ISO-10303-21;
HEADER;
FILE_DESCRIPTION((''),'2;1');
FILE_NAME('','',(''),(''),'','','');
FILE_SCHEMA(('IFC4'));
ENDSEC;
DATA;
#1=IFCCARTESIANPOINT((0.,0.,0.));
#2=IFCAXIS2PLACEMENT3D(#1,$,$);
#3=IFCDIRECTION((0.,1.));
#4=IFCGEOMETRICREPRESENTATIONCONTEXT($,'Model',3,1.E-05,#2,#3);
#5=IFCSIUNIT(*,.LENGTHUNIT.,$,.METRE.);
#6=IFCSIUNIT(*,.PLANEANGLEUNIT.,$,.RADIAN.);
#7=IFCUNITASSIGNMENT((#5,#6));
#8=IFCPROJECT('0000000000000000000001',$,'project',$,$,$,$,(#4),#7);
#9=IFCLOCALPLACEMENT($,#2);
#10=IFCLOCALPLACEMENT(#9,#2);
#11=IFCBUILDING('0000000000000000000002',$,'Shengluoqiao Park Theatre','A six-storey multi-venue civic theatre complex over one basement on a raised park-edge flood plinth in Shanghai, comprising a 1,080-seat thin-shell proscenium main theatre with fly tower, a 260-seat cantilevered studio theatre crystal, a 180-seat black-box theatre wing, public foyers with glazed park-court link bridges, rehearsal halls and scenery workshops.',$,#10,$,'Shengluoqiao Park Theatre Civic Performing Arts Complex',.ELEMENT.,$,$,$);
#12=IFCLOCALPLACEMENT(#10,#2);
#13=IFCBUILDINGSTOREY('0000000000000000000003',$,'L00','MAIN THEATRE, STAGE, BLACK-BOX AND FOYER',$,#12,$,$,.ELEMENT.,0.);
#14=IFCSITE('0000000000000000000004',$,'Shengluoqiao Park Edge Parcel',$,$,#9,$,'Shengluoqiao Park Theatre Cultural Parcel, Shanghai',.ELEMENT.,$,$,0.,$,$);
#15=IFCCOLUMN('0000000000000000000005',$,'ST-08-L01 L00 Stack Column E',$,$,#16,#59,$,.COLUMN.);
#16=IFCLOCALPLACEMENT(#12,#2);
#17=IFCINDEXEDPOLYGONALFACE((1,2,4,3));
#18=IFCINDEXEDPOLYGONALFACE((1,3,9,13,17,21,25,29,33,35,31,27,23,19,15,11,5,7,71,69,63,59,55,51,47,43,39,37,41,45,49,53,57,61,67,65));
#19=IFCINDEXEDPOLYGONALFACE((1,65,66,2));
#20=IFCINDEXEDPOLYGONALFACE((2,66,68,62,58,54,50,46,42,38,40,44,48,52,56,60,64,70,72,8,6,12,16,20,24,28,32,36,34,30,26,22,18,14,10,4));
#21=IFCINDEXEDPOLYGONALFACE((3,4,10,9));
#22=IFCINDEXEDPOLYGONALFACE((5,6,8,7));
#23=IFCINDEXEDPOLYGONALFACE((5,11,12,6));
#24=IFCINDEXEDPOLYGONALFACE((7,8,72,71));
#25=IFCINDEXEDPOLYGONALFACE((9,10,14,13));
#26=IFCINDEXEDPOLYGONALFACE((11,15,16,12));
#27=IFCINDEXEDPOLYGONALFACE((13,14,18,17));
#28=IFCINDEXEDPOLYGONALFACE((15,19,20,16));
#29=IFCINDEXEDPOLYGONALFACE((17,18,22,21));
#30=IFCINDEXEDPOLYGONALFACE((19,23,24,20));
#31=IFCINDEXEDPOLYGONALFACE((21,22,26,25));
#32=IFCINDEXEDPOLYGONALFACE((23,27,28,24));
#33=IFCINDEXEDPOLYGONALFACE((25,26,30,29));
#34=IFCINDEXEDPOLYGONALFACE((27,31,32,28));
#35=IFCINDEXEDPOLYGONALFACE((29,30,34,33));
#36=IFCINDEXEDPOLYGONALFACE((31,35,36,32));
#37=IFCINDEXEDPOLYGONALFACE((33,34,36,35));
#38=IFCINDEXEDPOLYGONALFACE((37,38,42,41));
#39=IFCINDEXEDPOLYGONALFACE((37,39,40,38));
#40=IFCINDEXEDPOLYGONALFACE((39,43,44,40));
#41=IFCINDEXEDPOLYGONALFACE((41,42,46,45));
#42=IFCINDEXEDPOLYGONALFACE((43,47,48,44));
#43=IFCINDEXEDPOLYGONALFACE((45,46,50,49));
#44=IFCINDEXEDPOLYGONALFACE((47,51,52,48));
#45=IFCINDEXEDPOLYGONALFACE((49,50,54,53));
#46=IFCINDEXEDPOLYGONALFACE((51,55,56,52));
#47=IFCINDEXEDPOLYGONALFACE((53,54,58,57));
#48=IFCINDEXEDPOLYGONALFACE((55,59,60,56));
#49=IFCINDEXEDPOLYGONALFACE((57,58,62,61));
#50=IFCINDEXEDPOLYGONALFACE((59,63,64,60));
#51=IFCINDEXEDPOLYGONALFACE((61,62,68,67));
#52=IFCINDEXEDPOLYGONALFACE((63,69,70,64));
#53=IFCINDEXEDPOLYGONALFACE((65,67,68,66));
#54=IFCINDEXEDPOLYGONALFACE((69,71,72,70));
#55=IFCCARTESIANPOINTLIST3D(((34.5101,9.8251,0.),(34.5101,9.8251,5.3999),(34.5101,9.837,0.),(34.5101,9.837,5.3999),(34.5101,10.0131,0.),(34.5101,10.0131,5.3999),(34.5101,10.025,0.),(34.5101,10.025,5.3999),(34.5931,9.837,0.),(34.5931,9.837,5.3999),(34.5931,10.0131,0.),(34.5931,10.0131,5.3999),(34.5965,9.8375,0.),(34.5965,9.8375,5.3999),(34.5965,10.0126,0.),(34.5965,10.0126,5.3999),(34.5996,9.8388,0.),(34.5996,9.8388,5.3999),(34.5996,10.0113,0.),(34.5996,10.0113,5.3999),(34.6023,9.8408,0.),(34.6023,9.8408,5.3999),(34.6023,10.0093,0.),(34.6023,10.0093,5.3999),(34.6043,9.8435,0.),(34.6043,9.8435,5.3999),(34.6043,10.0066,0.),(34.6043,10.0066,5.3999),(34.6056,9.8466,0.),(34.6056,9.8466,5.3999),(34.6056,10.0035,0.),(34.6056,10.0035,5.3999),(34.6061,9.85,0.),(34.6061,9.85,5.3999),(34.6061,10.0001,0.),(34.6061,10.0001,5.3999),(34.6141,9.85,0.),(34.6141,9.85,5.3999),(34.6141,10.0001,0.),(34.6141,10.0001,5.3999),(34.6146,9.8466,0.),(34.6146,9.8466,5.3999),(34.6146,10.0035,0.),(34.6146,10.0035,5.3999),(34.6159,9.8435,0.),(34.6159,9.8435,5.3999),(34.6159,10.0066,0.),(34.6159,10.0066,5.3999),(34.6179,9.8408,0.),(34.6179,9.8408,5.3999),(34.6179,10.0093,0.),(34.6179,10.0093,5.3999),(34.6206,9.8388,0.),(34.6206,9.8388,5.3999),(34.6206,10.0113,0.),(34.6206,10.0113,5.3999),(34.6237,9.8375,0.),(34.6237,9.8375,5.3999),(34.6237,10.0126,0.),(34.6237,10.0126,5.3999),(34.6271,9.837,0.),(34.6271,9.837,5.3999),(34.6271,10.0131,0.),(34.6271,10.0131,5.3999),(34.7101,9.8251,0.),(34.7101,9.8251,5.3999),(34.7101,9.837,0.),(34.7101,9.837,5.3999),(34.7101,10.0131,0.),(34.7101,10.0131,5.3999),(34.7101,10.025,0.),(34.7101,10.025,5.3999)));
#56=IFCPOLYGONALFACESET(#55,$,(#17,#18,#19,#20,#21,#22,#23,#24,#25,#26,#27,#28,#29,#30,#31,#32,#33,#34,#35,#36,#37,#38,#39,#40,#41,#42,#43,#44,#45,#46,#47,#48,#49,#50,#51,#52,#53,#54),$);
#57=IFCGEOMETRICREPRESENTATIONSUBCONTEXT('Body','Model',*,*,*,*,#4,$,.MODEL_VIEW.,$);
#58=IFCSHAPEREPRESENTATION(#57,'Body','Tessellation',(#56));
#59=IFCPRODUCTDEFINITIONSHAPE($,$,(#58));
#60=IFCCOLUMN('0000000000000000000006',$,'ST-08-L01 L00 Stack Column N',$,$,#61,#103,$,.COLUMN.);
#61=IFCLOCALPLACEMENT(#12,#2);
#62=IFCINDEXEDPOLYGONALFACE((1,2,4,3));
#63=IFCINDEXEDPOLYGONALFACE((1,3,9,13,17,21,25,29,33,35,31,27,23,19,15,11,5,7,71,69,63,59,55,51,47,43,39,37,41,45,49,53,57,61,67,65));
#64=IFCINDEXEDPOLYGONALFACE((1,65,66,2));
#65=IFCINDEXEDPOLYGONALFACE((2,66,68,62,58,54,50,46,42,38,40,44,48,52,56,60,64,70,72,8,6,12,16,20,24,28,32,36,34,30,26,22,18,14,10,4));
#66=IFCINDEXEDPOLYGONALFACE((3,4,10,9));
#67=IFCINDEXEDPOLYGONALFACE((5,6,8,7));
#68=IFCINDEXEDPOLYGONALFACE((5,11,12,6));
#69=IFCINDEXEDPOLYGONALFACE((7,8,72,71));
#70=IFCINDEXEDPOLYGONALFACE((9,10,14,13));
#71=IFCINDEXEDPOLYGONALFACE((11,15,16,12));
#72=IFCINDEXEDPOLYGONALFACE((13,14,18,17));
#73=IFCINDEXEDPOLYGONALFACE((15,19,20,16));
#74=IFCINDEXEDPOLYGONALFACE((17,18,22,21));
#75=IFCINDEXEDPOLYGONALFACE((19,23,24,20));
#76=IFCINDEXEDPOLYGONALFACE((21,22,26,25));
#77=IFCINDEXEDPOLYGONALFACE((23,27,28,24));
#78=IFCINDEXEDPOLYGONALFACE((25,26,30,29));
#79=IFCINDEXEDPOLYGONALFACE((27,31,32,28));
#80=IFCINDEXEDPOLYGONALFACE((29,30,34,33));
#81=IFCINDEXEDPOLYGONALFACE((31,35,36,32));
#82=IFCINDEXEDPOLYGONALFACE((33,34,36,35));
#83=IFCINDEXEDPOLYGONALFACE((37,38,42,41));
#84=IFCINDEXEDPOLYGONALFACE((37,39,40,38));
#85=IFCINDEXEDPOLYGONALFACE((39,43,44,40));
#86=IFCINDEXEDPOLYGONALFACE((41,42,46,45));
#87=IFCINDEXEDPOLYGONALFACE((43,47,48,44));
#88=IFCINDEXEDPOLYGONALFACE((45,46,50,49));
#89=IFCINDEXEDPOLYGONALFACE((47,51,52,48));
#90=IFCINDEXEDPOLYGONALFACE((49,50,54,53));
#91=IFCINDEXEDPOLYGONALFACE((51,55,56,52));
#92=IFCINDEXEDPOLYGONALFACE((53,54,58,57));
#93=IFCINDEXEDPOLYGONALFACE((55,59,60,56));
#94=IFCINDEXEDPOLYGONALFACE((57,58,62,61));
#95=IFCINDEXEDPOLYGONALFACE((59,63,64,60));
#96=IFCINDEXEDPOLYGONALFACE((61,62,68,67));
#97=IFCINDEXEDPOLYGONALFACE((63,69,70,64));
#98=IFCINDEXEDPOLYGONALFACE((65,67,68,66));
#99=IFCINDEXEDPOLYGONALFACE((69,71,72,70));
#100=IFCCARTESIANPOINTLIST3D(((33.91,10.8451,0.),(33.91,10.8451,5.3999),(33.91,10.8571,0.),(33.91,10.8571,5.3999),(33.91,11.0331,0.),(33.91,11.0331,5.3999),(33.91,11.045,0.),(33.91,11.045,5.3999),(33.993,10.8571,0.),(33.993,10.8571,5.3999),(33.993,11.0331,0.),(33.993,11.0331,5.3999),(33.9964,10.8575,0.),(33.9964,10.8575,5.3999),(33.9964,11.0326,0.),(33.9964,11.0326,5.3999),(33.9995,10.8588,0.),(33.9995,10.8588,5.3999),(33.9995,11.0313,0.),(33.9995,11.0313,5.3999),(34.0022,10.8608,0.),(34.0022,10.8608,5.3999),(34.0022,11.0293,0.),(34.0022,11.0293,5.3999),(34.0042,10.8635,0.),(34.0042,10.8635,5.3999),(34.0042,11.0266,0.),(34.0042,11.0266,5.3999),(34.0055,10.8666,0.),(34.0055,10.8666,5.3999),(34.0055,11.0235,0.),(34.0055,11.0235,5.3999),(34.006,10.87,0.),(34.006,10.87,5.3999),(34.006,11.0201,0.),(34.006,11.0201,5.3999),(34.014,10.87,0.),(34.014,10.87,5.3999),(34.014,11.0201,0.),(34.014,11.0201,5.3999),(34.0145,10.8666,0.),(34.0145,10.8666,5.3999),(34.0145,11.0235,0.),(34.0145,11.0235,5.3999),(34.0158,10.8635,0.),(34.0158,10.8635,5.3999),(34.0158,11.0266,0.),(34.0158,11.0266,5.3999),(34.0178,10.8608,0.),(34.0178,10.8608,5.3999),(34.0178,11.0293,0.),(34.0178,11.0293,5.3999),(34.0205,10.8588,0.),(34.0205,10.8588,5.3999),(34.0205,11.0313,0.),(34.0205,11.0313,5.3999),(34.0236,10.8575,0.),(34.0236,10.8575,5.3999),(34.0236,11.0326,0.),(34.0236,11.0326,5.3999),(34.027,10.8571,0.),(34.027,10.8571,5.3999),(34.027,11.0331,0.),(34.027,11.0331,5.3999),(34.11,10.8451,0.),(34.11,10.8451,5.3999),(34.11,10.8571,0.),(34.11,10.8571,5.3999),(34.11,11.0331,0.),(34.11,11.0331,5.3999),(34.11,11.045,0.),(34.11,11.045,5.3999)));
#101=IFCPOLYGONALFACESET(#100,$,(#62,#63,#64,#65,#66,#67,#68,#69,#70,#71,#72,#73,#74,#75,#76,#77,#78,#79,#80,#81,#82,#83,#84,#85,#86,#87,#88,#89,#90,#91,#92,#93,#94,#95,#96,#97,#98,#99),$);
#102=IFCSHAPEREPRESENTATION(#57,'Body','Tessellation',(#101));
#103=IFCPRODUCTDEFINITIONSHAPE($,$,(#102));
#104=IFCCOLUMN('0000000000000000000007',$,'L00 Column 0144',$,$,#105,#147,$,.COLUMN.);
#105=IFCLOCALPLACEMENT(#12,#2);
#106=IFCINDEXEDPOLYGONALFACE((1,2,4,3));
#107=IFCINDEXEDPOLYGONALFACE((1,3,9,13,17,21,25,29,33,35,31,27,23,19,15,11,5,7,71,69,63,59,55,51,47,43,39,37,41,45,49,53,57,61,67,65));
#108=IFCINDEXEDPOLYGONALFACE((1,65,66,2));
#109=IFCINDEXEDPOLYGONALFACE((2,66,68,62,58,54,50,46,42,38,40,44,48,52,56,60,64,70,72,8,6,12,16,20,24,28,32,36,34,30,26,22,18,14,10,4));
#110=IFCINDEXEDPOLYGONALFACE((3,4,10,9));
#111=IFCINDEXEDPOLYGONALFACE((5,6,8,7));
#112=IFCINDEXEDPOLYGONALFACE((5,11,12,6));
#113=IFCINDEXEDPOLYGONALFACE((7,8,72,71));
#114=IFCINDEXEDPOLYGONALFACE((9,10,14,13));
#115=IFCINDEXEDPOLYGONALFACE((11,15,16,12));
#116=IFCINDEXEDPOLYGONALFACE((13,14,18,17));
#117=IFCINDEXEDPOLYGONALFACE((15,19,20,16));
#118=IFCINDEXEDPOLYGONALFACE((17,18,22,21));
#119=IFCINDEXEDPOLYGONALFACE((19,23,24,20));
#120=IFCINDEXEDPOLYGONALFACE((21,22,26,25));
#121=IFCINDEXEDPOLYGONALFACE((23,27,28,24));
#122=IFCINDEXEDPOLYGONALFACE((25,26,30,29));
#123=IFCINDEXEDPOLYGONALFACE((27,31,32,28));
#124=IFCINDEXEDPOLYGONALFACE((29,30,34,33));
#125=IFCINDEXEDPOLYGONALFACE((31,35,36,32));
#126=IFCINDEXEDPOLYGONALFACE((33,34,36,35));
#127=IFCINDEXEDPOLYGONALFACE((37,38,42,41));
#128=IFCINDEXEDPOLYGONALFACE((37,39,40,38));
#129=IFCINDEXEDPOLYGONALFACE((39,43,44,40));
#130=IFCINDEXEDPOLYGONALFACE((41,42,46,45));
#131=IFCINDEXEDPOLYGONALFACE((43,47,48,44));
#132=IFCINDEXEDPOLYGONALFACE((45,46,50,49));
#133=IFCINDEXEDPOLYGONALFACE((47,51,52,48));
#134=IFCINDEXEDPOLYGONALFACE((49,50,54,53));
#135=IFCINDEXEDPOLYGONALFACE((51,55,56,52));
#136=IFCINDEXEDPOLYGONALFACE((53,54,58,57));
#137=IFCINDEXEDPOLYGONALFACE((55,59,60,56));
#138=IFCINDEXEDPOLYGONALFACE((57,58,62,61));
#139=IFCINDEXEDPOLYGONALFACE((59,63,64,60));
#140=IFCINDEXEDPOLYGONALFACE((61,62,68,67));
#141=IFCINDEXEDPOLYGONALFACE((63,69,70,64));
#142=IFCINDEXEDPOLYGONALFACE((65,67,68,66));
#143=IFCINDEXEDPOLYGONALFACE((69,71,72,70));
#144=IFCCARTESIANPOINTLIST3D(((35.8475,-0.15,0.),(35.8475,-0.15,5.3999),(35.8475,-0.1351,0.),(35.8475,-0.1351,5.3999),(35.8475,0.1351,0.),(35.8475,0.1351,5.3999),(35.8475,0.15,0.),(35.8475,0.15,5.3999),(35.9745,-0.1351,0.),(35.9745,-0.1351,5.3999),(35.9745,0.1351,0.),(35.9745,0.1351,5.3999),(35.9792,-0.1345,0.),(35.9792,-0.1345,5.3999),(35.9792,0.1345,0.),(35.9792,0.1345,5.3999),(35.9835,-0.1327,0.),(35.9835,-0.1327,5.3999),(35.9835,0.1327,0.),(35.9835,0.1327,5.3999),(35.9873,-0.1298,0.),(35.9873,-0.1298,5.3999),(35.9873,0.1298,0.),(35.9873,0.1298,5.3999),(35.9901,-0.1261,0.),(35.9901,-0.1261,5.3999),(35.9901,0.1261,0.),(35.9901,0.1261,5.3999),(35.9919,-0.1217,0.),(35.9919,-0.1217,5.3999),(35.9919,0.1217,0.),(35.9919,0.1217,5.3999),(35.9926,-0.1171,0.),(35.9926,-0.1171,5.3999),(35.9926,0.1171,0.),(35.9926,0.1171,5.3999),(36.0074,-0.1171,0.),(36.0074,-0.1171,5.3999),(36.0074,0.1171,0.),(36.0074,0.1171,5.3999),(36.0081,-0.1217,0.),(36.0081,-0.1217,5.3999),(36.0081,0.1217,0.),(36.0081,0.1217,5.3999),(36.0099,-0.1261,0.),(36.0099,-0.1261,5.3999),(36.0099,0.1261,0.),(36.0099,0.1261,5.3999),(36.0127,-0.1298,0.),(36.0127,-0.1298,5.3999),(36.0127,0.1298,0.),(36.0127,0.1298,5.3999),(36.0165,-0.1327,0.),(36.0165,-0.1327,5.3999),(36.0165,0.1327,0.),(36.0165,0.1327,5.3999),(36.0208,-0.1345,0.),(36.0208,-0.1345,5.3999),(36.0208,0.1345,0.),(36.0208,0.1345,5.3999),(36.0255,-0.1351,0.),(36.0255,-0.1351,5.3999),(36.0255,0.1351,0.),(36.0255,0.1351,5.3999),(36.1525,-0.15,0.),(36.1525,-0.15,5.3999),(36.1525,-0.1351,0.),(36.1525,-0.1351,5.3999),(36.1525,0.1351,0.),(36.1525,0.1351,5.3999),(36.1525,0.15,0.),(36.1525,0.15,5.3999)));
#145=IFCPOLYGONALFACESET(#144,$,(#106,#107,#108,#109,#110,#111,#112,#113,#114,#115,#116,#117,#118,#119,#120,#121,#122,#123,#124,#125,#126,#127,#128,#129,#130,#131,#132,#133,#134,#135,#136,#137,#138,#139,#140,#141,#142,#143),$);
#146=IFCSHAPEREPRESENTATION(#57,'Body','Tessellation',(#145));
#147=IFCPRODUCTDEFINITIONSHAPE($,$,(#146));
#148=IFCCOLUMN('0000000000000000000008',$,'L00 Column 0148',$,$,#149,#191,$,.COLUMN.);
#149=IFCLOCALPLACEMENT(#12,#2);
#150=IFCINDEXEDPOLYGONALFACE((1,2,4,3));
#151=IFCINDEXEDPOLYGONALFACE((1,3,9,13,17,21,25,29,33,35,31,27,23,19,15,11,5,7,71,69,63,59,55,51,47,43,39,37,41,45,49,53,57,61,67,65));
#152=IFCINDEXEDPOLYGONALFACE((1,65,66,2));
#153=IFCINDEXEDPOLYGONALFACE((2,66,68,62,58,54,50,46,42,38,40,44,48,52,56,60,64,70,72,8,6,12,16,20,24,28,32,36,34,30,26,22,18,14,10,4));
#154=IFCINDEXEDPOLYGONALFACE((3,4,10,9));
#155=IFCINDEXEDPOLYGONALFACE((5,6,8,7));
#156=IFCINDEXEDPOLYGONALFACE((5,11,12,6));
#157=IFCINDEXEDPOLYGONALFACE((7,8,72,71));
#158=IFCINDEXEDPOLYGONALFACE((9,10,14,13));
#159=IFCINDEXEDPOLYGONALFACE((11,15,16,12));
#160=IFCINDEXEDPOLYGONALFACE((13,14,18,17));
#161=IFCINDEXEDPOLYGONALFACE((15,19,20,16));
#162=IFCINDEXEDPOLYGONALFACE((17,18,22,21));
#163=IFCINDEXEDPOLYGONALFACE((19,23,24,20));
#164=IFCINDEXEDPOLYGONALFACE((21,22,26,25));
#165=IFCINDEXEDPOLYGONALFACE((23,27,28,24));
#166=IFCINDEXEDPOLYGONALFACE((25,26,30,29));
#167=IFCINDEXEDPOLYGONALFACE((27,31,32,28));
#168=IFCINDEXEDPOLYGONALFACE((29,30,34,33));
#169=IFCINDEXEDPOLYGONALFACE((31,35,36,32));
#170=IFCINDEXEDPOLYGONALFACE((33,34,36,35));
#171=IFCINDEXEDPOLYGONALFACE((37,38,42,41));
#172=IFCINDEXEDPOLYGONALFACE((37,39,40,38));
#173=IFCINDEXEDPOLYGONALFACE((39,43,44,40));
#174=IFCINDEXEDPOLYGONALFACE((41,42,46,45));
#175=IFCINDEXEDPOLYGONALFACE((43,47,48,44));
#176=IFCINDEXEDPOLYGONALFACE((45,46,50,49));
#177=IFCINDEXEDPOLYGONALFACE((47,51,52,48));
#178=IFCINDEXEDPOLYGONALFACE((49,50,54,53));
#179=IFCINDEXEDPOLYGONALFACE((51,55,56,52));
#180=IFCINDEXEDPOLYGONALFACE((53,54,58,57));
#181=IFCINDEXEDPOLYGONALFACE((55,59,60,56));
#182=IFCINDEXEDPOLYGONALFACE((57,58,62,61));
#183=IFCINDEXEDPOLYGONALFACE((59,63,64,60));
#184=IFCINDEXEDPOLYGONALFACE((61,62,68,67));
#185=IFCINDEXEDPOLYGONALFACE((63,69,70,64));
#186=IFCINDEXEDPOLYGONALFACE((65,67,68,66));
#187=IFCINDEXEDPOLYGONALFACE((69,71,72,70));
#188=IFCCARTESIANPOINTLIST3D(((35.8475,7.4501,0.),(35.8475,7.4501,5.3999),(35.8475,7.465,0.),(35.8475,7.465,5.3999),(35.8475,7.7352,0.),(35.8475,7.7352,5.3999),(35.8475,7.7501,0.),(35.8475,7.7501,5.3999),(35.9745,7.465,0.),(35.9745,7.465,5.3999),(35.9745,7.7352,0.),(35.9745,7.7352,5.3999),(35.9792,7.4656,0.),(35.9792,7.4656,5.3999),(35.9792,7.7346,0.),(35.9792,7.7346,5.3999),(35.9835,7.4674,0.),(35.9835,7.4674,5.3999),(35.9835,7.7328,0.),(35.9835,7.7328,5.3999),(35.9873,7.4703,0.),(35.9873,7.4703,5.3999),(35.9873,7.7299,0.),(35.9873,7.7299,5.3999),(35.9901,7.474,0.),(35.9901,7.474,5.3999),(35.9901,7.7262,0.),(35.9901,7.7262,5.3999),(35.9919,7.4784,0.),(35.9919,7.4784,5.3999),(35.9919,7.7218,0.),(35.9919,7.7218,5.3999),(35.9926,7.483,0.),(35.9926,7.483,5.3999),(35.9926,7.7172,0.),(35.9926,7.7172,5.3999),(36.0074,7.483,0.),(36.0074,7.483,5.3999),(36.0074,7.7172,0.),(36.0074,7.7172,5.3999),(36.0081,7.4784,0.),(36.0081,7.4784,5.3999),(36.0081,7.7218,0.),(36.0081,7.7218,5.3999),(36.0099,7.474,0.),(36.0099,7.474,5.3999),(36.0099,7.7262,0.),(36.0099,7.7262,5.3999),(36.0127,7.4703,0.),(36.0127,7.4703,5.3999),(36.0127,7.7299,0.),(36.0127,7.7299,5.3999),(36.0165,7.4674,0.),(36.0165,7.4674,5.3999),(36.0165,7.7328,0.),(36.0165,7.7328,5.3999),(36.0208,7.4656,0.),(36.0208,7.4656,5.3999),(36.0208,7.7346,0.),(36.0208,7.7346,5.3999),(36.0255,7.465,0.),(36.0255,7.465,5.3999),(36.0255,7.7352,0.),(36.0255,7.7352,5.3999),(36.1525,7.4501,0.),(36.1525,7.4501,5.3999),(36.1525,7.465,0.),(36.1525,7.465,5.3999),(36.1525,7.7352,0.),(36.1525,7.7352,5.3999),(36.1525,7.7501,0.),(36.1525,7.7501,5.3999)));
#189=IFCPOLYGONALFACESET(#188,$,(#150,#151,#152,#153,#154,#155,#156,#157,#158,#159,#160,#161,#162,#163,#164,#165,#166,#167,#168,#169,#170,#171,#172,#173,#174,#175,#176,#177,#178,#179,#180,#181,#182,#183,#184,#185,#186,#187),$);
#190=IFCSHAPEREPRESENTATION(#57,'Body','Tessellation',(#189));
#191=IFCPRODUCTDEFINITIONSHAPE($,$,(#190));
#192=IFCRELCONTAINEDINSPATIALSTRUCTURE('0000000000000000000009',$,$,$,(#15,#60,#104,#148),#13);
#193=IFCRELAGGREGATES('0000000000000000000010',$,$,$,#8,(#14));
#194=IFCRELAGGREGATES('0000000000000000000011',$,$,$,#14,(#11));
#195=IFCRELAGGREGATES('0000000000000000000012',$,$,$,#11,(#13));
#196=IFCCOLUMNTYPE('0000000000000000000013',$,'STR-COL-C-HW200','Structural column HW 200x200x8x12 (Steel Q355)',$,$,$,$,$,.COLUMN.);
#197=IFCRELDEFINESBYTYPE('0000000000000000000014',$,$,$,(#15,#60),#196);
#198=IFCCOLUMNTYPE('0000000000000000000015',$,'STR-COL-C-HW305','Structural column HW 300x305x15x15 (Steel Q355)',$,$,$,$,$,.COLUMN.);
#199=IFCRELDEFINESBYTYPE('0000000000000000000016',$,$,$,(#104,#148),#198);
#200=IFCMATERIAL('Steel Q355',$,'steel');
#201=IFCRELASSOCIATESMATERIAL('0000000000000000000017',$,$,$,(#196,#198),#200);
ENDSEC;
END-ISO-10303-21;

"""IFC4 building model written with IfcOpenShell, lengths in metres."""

from ifc_helpers import new_model, si_unit, direction, frame, origin, origin_2d, place, context, subcontext, project, spatial, i_section, extrude, material, material_profile, profile_set, type_object, element, save


model = new_model("IFC4")

# Units and contexts
model_context = context("Model", 3, precision=1e-05, world=origin(), true_north=direction((0.0, 1.0)))
body_context = subcontext(model_context, "Body", "Model", "MODEL_VIEW")
ifc_project = project(units=[si_unit("LENGTHUNIT", "METRE"), si_unit("PLANEANGLEUNIT", "RADIAN")], contexts=[model_context])

# Site, building, storey
site_placement = place(None, origin())
site = spatial("IfcSite", under=ifc_project, at=site_placement, Name="Shengluoqiao Park Edge Parcel", LongName="Shengluoqiao Park Theatre Cultural Parcel, Shanghai", CompositionType="ELEMENT", RefElevation=0.0)
building_placement = place(site_placement, origin())
building = spatial("IfcBuilding", under=site, at=building_placement, Name="Shengluoqiao Park Theatre", Description="A six-storey multi-venue civic theatre complex over one basement on a raised park-edge flood plinth in Shanghai, comprising a 1,080-seat thin-shell proscenium main theatre with fly tower, a 260-seat cantilevered studio theatre crystal, a 180-seat black-box theatre wing, public foyers with glazed park-court link bridges, rehearsal halls and scenery workshops.", LongName="Shengluoqiao Park Theatre Civic Performing Arts Complex", CompositionType="ELEMENT")
storey_placement = place(building_placement, origin())
storey = spatial("IfcBuildingStorey", under=building, at=storey_placement, Name="L00", Description="MAIN THEATRE, STAGE, BLACK-BOX AND FOYER", CompositionType="ELEMENT", Elevation=0.0)

# Columns
ifc_material_1 = material(Name="Steel Q355", Category="steel")
ifc_material_profile_1 = material_profile(ifc_material_1, i_section(OverallWidth=0.2, OverallDepth=0.2, WebThickness=0.0081, FlangeThickness=0.012, FilletRadius=0.0129, at=origin_2d()), Name="HW 200x200x8x12")
ifc_profile_set_1 = profile_set([ifc_material_profile_1], Name="Steel Q355")
column_type_1 = type_object("IfcColumnType", Name="STR-COL-C-HW200", Description="Structural column HW 200x200x8x12 (Steel Q355)", PredefinedType="COLUMN", material=ifc_profile_set_1)
for number, where, z_axis, x_axis, name in (
    (1, (34.6101, 9.925, 0.0), (0.0, 0.0, 1.0), (1.0, 0.0, 0.0), "ST-08-L01 L00 Stack Column E"),
    (2, (34.01, 10.9451, 0.0), (0.0, 0.0, 1.0), (1.0, 0.0, 0.0), "ST-08-L01 L00 Stack Column N"),
):
    element("IfcColumn", number, at=place(storey_placement, frame(where, z_axis=z_axis, x_axis=x_axis)), inside=storey, type_object=column_type_1, Name=name, PredefinedType="COLUMN", context=body_context, shape_type="SweptSolid", body=[
        extrude(i_section(OverallWidth=0.2, OverallDepth=0.2, WebThickness=0.0081, FlangeThickness=0.012, FilletRadius=0.0129, at=origin_2d()), origin(), (0.0, 0.0, 1.0), 5.3999),
    ])
ifc_material_profile_2 = material_profile(ifc_material_1, i_section(OverallWidth=0.3049, OverallDepth=0.3, WebThickness=0.0149, FlangeThickness=0.0149, FilletRadius=0.0181, at=origin_2d()), Name="HW 300x305x15x15")
ifc_profile_set_2 = profile_set([ifc_material_profile_2], Name="Steel Q355")
column_type_2 = type_object("IfcColumnType", Name="STR-COL-C-HW305", Description="Structural column HW 300x305x15x15 (Steel Q355)", PredefinedType="COLUMN", material=ifc_profile_set_2)
for number, where, z_axis, x_axis, name in (
    (3, (36.0, 0.0, 0.0), (0.0, 0.0, 1.0), (1.0, 0.0, 0.0), "L00 Column 0144"),
    (4, (36.0, 7.6001, 0.0), (0.0, 0.0, 1.0), (1.0, 0.0, 0.0), "L00 Column 0148"),
):
    element("IfcColumn", number, at=place(storey_placement, frame(where, z_axis=z_axis, x_axis=x_axis)), inside=storey, type_object=column_type_2, Name=name, PredefinedType="COLUMN", context=body_context, shape_type="SweptSolid", body=[
        extrude(i_section(OverallWidth=0.3049, OverallDepth=0.3, WebThickness=0.0149, FlangeThickness=0.0149, FilletRadius=0.0181, at=origin_2d()), origin(), (0.0, 0.0, 1.0), 5.3999),
    ])

save(model, "model.ifc")
